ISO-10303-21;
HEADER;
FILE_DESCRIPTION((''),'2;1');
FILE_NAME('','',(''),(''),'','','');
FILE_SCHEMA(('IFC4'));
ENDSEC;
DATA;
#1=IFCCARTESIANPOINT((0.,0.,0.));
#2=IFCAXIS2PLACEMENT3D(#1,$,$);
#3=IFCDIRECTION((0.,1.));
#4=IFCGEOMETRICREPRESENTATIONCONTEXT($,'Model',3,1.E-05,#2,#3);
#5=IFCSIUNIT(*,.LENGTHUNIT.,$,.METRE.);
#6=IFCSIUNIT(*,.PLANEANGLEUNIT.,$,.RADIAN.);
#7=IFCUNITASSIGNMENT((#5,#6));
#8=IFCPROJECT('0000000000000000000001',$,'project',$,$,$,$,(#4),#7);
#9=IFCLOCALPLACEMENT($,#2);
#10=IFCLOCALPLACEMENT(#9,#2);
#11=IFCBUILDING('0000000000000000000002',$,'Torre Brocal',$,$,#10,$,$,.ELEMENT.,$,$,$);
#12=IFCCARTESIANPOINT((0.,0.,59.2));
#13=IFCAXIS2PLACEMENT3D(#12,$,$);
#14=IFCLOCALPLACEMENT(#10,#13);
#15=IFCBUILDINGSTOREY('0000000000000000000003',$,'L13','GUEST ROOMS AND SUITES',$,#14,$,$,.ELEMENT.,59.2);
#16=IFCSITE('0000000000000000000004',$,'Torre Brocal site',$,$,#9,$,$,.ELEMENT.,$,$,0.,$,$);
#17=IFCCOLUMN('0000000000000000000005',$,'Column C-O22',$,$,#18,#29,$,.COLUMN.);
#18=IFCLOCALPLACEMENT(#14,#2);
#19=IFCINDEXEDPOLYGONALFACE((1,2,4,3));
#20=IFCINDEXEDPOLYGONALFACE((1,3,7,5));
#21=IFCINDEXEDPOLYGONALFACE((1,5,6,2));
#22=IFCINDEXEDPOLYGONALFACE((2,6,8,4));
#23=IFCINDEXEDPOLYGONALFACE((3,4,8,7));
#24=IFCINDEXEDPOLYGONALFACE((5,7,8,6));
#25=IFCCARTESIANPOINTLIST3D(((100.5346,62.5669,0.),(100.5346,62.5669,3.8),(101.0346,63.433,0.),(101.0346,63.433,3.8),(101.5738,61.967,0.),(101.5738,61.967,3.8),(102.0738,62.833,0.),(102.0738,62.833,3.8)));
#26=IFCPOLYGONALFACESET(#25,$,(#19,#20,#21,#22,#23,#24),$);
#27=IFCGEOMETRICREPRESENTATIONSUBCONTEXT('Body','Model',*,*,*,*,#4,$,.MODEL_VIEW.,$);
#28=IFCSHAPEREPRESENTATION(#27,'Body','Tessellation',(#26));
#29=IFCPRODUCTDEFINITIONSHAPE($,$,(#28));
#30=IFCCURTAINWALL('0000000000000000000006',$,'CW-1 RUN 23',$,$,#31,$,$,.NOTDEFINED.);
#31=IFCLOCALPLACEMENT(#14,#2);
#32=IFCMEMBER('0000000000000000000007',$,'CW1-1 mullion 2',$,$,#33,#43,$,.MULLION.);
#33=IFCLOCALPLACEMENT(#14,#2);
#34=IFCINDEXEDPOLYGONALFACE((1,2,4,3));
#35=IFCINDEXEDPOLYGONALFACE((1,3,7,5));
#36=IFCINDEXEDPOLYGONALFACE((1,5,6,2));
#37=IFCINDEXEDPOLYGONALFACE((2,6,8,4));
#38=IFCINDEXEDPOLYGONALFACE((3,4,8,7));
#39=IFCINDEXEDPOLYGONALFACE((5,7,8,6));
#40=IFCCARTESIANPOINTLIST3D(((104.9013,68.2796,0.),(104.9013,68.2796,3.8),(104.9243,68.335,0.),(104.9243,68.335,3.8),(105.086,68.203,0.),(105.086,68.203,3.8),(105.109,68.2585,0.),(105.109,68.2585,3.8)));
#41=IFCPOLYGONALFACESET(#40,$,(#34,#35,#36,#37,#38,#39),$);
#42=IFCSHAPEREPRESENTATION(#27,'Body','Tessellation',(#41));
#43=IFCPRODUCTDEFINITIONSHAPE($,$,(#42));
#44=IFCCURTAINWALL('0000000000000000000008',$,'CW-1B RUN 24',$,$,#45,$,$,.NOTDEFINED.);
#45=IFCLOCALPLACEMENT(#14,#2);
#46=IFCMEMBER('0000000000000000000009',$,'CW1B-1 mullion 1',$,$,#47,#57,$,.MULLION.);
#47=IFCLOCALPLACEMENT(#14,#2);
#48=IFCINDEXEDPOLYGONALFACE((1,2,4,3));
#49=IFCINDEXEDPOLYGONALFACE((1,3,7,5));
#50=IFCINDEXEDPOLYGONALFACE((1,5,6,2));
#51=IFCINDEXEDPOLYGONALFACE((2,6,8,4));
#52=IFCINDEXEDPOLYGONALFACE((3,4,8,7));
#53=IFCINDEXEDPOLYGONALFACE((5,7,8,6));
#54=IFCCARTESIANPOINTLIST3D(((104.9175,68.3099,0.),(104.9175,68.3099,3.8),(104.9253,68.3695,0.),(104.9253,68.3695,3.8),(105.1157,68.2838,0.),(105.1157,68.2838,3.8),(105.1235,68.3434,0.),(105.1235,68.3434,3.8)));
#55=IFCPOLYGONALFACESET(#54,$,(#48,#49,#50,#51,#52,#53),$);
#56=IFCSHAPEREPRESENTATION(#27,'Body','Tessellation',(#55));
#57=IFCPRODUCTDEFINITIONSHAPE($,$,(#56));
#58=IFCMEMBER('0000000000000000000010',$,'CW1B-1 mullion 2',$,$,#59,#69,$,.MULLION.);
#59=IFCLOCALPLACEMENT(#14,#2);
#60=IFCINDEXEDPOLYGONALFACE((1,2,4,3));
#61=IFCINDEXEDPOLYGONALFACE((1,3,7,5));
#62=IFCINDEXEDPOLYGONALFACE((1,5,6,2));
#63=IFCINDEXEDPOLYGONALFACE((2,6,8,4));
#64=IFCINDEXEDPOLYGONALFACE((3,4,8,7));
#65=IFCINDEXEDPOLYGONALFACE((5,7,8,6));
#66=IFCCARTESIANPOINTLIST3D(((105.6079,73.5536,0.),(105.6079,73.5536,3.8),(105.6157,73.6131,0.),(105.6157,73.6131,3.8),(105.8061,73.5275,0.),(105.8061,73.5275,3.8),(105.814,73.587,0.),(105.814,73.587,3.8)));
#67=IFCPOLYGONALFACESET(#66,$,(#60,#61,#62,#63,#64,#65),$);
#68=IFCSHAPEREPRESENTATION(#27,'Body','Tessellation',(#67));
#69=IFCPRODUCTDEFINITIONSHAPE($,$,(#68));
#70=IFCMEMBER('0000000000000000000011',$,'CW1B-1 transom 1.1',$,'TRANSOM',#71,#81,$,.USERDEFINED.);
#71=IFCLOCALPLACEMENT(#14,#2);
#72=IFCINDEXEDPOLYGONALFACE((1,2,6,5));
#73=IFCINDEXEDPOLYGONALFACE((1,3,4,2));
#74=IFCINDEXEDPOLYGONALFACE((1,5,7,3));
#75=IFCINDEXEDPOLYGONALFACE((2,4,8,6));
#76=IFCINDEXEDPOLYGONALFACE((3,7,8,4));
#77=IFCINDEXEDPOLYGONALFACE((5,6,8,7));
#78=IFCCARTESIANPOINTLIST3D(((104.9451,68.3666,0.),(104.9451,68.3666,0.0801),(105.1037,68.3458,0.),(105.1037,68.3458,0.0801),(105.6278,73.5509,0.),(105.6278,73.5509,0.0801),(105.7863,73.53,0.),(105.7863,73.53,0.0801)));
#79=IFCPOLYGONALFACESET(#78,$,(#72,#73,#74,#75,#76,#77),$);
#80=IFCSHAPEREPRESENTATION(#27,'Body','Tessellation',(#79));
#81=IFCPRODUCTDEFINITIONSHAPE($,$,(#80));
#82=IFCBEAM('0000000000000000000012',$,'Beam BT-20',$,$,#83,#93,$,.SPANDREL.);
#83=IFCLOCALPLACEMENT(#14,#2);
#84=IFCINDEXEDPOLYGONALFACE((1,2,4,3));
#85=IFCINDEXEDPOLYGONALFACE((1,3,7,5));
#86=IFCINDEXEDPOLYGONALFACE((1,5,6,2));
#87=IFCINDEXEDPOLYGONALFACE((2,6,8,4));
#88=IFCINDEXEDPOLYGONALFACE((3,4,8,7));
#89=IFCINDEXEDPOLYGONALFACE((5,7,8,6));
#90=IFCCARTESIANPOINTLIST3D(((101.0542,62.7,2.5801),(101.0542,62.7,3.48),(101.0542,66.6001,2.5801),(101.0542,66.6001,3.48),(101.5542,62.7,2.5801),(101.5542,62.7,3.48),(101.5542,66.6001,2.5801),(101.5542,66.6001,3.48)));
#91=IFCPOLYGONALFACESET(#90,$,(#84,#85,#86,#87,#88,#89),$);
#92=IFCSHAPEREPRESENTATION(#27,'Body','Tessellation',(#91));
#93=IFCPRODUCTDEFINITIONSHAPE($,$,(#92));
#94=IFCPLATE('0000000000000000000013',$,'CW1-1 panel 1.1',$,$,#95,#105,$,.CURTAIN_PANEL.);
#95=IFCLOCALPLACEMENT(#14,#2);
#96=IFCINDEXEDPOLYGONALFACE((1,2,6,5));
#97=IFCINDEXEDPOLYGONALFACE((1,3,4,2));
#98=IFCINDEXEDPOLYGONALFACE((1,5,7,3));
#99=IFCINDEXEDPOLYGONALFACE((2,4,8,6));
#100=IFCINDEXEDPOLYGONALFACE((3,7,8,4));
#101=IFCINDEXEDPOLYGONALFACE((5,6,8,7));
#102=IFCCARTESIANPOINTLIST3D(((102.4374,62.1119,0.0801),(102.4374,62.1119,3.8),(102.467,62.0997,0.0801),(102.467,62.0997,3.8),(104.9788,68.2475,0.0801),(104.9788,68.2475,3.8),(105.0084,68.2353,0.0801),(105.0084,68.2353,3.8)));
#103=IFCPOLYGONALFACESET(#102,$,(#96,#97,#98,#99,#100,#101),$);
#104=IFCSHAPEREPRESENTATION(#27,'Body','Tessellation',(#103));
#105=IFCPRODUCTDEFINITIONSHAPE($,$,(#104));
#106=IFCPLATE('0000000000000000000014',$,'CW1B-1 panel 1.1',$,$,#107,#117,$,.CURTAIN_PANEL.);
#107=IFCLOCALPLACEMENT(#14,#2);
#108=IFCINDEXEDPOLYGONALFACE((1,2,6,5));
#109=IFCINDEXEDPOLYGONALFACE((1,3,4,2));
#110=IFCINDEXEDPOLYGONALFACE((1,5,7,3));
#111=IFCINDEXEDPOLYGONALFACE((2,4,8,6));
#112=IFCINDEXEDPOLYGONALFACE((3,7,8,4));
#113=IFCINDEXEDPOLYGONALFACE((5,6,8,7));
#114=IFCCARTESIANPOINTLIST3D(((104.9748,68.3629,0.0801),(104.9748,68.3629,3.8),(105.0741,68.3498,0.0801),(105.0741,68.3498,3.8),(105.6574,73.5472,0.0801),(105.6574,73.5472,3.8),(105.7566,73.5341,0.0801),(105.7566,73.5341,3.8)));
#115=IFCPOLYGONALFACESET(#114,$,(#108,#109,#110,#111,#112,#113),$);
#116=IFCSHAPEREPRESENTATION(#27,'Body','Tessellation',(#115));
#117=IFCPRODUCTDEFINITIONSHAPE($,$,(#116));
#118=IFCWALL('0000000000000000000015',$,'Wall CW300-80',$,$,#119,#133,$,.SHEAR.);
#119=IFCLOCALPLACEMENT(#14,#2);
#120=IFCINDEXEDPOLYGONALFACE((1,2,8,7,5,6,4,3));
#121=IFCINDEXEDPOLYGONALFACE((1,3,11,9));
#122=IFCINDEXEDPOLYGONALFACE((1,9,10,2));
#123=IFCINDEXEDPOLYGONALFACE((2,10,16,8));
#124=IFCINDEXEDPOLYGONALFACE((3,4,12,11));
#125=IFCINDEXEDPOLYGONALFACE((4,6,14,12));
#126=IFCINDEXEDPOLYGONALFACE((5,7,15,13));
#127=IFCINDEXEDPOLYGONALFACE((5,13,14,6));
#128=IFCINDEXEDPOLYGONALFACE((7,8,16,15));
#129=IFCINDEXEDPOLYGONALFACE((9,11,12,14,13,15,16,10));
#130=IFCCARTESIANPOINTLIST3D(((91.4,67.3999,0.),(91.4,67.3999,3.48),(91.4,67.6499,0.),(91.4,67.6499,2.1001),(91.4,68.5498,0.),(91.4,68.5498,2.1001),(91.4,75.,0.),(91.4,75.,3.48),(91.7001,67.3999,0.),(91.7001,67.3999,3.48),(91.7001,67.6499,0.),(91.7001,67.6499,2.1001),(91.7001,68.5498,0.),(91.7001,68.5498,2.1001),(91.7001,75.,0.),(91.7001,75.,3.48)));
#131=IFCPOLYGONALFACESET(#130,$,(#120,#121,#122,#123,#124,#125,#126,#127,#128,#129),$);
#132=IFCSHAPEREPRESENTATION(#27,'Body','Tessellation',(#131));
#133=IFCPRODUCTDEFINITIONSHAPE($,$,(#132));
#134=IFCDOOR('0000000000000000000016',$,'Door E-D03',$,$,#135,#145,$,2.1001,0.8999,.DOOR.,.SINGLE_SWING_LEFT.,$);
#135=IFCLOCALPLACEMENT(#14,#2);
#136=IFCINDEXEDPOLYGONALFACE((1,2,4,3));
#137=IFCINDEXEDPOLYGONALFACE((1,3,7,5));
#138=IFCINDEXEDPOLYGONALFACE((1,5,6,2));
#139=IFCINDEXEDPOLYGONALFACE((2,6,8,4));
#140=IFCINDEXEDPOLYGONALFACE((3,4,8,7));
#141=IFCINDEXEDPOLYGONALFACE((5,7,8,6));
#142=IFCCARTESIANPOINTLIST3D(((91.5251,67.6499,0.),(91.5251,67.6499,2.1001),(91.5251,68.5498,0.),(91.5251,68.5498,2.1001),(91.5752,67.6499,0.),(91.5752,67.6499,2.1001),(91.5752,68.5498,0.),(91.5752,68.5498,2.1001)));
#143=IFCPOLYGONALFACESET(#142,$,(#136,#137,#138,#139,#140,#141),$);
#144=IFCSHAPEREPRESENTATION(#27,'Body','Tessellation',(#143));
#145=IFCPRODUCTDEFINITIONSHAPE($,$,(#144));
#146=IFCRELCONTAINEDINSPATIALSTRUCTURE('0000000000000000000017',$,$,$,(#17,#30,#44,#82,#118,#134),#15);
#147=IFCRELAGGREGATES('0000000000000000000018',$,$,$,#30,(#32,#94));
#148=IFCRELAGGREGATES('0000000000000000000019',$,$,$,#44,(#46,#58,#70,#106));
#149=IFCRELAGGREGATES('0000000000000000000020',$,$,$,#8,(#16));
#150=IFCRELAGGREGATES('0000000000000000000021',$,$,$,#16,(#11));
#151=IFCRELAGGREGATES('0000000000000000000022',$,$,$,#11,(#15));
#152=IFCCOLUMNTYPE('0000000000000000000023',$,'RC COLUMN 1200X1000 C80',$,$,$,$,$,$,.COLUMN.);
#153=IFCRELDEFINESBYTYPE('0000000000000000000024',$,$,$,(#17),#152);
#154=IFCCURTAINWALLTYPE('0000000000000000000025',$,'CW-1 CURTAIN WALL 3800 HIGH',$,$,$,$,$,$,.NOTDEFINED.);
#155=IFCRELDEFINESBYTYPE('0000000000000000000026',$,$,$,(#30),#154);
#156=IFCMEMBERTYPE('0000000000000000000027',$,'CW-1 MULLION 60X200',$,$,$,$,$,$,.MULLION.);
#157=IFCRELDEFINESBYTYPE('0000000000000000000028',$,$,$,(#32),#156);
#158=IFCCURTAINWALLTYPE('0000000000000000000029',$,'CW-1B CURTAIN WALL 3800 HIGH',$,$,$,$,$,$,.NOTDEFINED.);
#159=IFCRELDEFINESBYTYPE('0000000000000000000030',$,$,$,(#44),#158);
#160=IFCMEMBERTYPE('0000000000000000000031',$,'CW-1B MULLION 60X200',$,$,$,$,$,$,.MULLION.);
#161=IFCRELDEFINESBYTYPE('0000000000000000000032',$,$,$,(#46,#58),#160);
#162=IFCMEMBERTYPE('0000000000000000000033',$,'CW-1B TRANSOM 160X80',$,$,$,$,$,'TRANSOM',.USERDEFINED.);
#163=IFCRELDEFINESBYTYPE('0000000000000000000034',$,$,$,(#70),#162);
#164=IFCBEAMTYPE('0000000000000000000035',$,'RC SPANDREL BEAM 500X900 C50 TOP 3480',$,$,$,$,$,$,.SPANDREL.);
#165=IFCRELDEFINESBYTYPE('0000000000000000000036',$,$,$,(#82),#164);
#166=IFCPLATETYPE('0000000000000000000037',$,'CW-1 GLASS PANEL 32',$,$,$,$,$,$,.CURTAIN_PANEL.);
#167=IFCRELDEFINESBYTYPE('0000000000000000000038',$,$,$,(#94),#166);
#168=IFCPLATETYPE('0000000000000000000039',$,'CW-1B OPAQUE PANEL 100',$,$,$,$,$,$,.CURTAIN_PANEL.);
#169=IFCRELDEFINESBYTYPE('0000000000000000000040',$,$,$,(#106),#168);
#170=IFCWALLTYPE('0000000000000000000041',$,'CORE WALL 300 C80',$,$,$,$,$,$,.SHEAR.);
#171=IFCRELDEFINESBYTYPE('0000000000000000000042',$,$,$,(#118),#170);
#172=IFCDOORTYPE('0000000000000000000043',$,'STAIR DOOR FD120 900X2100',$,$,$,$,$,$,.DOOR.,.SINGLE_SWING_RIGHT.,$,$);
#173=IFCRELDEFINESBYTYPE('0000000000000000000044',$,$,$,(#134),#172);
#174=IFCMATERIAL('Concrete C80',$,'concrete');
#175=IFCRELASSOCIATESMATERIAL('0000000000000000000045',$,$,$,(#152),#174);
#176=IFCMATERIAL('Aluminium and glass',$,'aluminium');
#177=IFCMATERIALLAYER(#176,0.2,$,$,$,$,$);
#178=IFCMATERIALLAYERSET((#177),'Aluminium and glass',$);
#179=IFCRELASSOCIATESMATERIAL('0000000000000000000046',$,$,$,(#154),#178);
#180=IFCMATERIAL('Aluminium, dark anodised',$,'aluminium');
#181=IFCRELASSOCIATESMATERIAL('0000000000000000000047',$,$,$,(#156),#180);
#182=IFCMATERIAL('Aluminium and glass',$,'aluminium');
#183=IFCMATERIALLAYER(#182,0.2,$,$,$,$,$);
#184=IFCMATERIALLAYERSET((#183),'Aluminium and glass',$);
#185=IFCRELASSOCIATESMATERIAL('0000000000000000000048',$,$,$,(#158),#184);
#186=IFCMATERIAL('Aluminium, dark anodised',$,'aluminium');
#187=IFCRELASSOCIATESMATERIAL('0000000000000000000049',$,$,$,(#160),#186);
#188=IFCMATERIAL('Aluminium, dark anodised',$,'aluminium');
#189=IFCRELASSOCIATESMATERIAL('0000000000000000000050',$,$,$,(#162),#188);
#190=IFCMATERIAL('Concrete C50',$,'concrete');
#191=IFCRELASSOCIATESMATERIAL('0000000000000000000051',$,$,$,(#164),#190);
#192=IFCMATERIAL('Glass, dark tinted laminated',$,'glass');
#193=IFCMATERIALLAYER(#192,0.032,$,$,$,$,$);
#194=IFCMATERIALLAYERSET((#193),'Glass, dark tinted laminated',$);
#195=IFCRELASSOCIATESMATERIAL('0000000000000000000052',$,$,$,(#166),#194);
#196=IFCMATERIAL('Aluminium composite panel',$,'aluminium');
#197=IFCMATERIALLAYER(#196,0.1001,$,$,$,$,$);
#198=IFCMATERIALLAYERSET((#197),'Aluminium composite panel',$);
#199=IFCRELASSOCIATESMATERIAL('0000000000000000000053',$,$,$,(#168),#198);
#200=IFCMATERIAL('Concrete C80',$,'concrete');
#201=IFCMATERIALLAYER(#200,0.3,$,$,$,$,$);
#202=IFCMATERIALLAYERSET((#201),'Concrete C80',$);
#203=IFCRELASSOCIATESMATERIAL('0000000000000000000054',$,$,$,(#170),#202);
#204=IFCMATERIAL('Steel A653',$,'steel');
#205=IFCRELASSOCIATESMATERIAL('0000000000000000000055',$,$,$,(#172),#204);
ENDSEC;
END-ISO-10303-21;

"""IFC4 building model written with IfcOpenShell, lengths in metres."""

from ifc_helpers import new_model, si_unit, direction, frame, frame_2d, origin, origin_2d, place, context, subcontext, project, spatial, rectangle, extrude, material, layer, layer_set, material_profile, profile_set, type_object, element, fill, aggregate, save


model = new_model("IFC4")

# Units and contexts
model_context = context("Model", 3, precision=1e-05, world=origin(), true_north=direction((0.0, 1.0)))
body_context = subcontext(model_context, "Body", "Model", "MODEL_VIEW")
ifc_project = project(units=[si_unit("LENGTHUNIT", "METRE"), si_unit("PLANEANGLEUNIT", "RADIAN")], contexts=[model_context])

# Site, building, storey
site_placement = place(None, origin())
site = spatial("IfcSite", under=ifc_project, at=site_placement, Name="Torre Brocal site", CompositionType="ELEMENT", RefElevation=0.0)
building_placement = place(site_placement, origin())
building = spatial("IfcBuilding", under=site, at=building_placement, Name="Torre Brocal", CompositionType="ELEMENT")
storey_placement = place(building_placement, frame((0.0, 0.0, 59.2)))
storey = spatial("IfcBuildingStorey", under=building, at=storey_placement, Name="L13", Description="GUEST ROOMS AND SUITES", CompositionType="ELEMENT", Elevation=59.2)

# Column
ifc_material_1 = material(Name="Concrete C80", Category="concrete")
ifc_material_profile_1 = material_profile(ifc_material_1, rectangle(XDim=1.2, YDim=1.0, at=origin_2d()), Name="RC 1200X1000")
ifc_profile_set_1 = profile_set([ifc_material_profile_1], Name="Concrete C80")
column_type = type_object("IfcColumnType", Name="RC COLUMN 1200X1000 C80", PredefinedType="COLUMN", material=ifc_profile_set_1)
column_placement = place(storey_placement, frame((101.3042, 62.7, 0.0), z_axis=(0.0, 0.0, 1.0), x_axis=(0.866025, -0.5, 0.0)))
element("IfcColumn", 1, at=column_placement, inside=storey, type_object=column_type, Name="Column C-O22", PredefinedType="COLUMN", context=body_context, shape_type="SweptSolid", body=[
    extrude(rectangle(XDim=1.2, YDim=1.0, at=origin_2d()), origin(), (0.0, 0.0, 1.0), 3.8),
])

# Curtain wall, member
ifc_material_2 = material(Name="Aluminium and glass", Category="aluminium")
ifc_layer_1 = layer(ifc_material_2, 0.2)
ifc_layer_set_1 = layer_set([ifc_layer_1], Name="Aluminium and glass")
curtain_wall_type_1 = type_object("IfcCurtainWallType", Name="CW-1 CURTAIN WALL 3800 HIGH", PredefinedType="NOTDEFINED", material=ifc_layer_set_1)
curtain_wall_1_placement = place(storey_placement, origin())
curtain_wall_1 = element("IfcCurtainWall", 2, at=curtain_wall_1_placement, inside=storey, type_object=curtain_wall_type_1, Name="CW-1 RUN 23", PredefinedType="NOTDEFINED")
ifc_material_3 = material(Name="Aluminium, dark anodised", Category="aluminium")
ifc_material_profile_2 = material_profile(ifc_material_3, rectangle(XDim=0.2, YDim=0.0601, at=origin_2d()), Name="CW-1 MULLION 60X200")
ifc_profile_set_2 = profile_set([ifc_material_profile_2], Name="Aluminium, dark anodised")
member_type_1 = type_object("IfcMemberType", Name="CW-1 MULLION 60X200", PredefinedType="MULLION", material=ifc_profile_set_2)
member_1_placement = place(storey_placement, frame((105.0051, 68.269, 0.0), z_axis=(0.0, 0.0, 1.0), x_axis=(-0.92388, 0.382683, 0.0)))
member_1 = element("IfcMember", 3, at=member_1_placement, type_object=member_type_1, Name="CW1-1 mullion 2", PredefinedType="MULLION", context=body_context, shape_type="SweptSolid", body=[
    extrude(rectangle(XDim=0.2, YDim=0.0601, at=origin_2d()), origin(), (0.0, 0.0, 1.0), 3.8),
])

# Curtain wall, members
ifc_material_4 = material(Name="Aluminium and glass", Category="aluminium")
ifc_layer_2 = layer(ifc_material_4, 0.2)
ifc_layer_set_2 = layer_set([ifc_layer_2], Name="Aluminium and glass")
curtain_wall_type_2 = type_object("IfcCurtainWallType", Name="CW-1B CURTAIN WALL 3800 HIGH", PredefinedType="NOTDEFINED", material=ifc_layer_set_2)
curtain_wall_2_placement = place(storey_placement, origin())
curtain_wall_2 = element("IfcCurtainWall", 4, at=curtain_wall_2_placement, inside=storey, type_object=curtain_wall_type_2, Name="CW-1B RUN 24", PredefinedType="NOTDEFINED")
ifc_material_5 = material(Name="Aluminium, dark anodised", Category="aluminium")
ifc_material_profile_3 = material_profile(ifc_material_5, rectangle(XDim=0.2, YDim=0.0601, at=origin_2d()), Name="CW-1B MULLION 60X200")
ifc_profile_set_3 = profile_set([ifc_material_profile_3], Name="Aluminium, dark anodised")
member_type_2 = type_object("IfcMemberType", Name="CW-1B MULLION 60X200", PredefinedType="MULLION", material=ifc_profile_set_3)
member_2_placement = place(storey_placement, frame((105.0205, 68.3267, 0.0), z_axis=(0.0, 0.0, 1.0), x_axis=(-0.991445, 0.130526, 0.0)))
member_2 = element("IfcMember", 5, at=member_2_placement, type_object=member_type_2, Name="CW1B-1 mullion 1", PredefinedType="MULLION", context=body_context, shape_type="SweptSolid", body=[
    extrude(rectangle(XDim=0.2, YDim=0.0601, at=origin_2d()), origin(), (0.0, 0.0, 1.0), 3.8),
])
member_3_placement = place(storey_placement, frame((105.7109, 73.5703, 0.0), z_axis=(0.0, 0.0, 1.0), x_axis=(-0.991445, 0.130526, 0.0)))
member_3 = element("IfcMember", 6, at=member_3_placement, type_object=member_type_2, Name="CW1B-1 mullion 2", PredefinedType="MULLION", context=body_context, shape_type="SweptSolid", body=[
    extrude(rectangle(XDim=0.2, YDim=0.0601, at=origin_2d()), origin(), (0.0, 0.0, 1.0), 3.8),
])
ifc_material_6 = material(Name="Aluminium, dark anodised", Category="aluminium")
ifc_material_profile_4 = material_profile(ifc_material_6, rectangle(XDim=0.1599, YDim=0.0801, at=origin_2d()), Name="CW-1B TRANSOM 160X80")
ifc_profile_set_4 = profile_set([ifc_material_profile_4], Name="Aluminium, dark anodised")
member_type_3 = type_object("IfcMemberType", Name="CW-1B TRANSOM 160X80", ElementType="TRANSOM", PredefinedType="USERDEFINED", material=ifc_profile_set_4)
member_4_placement = place(storey_placement, frame((105.0244, 68.3562, 0.04), z_axis=(0.130543, 0.991443, 0.0), x_axis=(-0.991443, 0.130543, 0.0)))
member_4 = element("IfcMember", 7, at=member_4_placement, type_object=member_type_3, Name="CW1B-1 transom 1.1", ObjectType="TRANSOM", PredefinedType="USERDEFINED", context=body_context, shape_type="SweptSolid", body=[
    extrude(rectangle(XDim=0.1599, YDim=0.0801, at=origin_2d()), origin(), (0.0, 0.0, 1.0), 5.229),
])

# Beam
ifc_material_7 = material(Name="Concrete C50", Category="concrete")
ifc_material_profile_5 = material_profile(ifc_material_7, rectangle(XDim=0.5, YDim=0.8999, at=origin_2d()), Name="RC 500X900")
ifc_profile_set_5 = profile_set([ifc_material_profile_5], Name="Concrete C50")
beam_type = type_object("IfcBeamType", Name="RC SPANDREL BEAM 500X900 C50 TOP 3480", PredefinedType="SPANDREL", material=ifc_profile_set_5)
beam_placement = place(storey_placement, frame((101.3042, 62.7, 3.03), z_axis=(0.0, 1.0, 0.0), x_axis=(-1.0, 0.0, 0.0)))
element("IfcBeam", 8, at=beam_placement, inside=storey, type_object=beam_type, Name="Beam BT-20", PredefinedType="SPANDREL", context=body_context, shape_type="SweptSolid", body=[
    extrude(rectangle(XDim=0.5, YDim=0.8999, at=origin_2d()), origin(), (0.0, 0.0, 1.0), 3.9001),
])

# Plates
ifc_material_8 = material(Name="Glass, dark tinted laminated", Category="glass")
ifc_layer_3 = layer(ifc_material_8, 0.032)
ifc_layer_set_3 = layer_set([ifc_layer_3], Name="Glass, dark tinted laminated")
plate_type_1 = type_object("IfcPlateType", Name="CW-1 GLASS PANEL 32", PredefinedType="CURTAIN_PANEL", material=ifc_layer_set_3)
plate_1_placement = place(storey_placement, frame((103.7229, 65.1736, 0.0801), z_axis=(0.0, 0.0, 1.0), x_axis=(0.382683, 0.92388, 0.0)))
plate_1 = element("IfcPlate", 9, at=plate_1_placement, type_object=plate_type_1, Name="CW1-1 panel 1.1", PredefinedType="CURTAIN_PANEL", context=body_context, shape_type="SweptSolid", body=[
    extrude(rectangle(XDim=6.6411, YDim=0.032, at=origin_2d()), origin(), (0.0, 0.0, 1.0), 3.72),
])
aggregate(curtain_wall_1, [member_1, plate_1])
ifc_material_9 = material(Name="Aluminium composite panel", Category="aluminium")
ifc_layer_4 = layer(ifc_material_9, 0.1001)
ifc_layer_set_4 = layer_set([ifc_layer_4], Name="Aluminium composite panel")
plate_type_2 = type_object("IfcPlateType", Name="CW-1B OPAQUE PANEL 100", PredefinedType="CURTAIN_PANEL", material=ifc_layer_set_4)
plate_2_placement = place(storey_placement, frame((105.3657, 70.9485, 0.0801), z_axis=(0.0, 0.0, 1.0), x_axis=(0.130526, 0.991445, 0.0)))
plate_2 = element("IfcPlate", 10, at=plate_2_placement, type_object=plate_type_2, Name="CW1B-1 panel 1.1", PredefinedType="CURTAIN_PANEL", context=body_context, shape_type="SweptSolid", body=[
    extrude(rectangle(XDim=5.229, YDim=0.1001, at=origin_2d()), origin(), (0.0, 0.0, 1.0), 3.72),
])
aggregate(curtain_wall_2, [member_2, member_3, member_4, plate_2])

# Wall, opening, door
ifc_material_10 = material(Name="Concrete C80", Category="concrete")
ifc_layer_5 = layer(ifc_material_10, 0.3)
ifc_layer_set_5 = layer_set([ifc_layer_5], Name="Concrete C80")
wall_type_1 = type_object("IfcWallType", Name="CORE WALL 300 C80", PredefinedType="SHEAR", material=ifc_layer_set_5)
wall_1_placement = place(storey_placement, frame((91.55, 67.3999, 0.0), z_axis=(0.0, 0.0, 1.0), x_axis=(0.0, 1.0, 0.0)))
wall_1 = element("IfcWall", 11, at=wall_1_placement, inside=storey, type_object=wall_type_1, Name="Wall CW300-80", PredefinedType="SHEAR", context=body_context, shape_type="SweptSolid", body=[
    extrude(rectangle(XDim=7.6001, YDim=0.3, at=frame_2d((3.8, 0.0))), origin(), (0.0, 0.0, 1.0), 3.48),
])
opening_1_placement = place(wall_1_placement, frame((0.25, 0.0, 0.0)))
opening_1 = element("IfcOpeningElement", 12, at=opening_1_placement, cuts=wall_1, PredefinedType="OPENING", context=body_context, shape_type="SweptSolid", body=[
    extrude(rectangle(XDim=0.8999, YDim=2.1001, at=frame_2d((0.45, 1.05))), frame((0.0, 0.1599, 0.0), z_axis=(0.0, -1.0, 0.0), x_axis=(1.0, 0.0, 0.0)), (0.0, 0.0, 1.0), 0.3201),
])
ifc_material_11 = material(Name="Steel A653", Category="steel")
door_type_1 = type_object("IfcDoorType", Name="STAIR DOOR FD120 900X2100", OperationType="SINGLE_SWING_RIGHT", PredefinedType="DOOR", material=ifc_material_11)
door_1_placement = place(opening_1_placement, origin())
door_1 = element("IfcDoor", 13, at=door_1_placement, inside=storey, type_object=door_type_1, Name="Door E-D03", OperationType="SINGLE_SWING_LEFT", OverallHeight=2.1001, OverallWidth=0.8999, PredefinedType="DOOR", context=body_context, shape_type="SweptSolid", body=[
    extrude(rectangle(XDim=0.8999, YDim=2.1001, at=frame_2d((0.45, 1.05))), frame((0.0, 0.0249, 0.0), z_axis=(0.0, -1.0, 0.0), x_axis=(1.0, 0.0, 0.0)), (0.0, 0.0, 1.0), 0.05),
])
fill(opening_1, door_1)

save(model, "model.ifc")
